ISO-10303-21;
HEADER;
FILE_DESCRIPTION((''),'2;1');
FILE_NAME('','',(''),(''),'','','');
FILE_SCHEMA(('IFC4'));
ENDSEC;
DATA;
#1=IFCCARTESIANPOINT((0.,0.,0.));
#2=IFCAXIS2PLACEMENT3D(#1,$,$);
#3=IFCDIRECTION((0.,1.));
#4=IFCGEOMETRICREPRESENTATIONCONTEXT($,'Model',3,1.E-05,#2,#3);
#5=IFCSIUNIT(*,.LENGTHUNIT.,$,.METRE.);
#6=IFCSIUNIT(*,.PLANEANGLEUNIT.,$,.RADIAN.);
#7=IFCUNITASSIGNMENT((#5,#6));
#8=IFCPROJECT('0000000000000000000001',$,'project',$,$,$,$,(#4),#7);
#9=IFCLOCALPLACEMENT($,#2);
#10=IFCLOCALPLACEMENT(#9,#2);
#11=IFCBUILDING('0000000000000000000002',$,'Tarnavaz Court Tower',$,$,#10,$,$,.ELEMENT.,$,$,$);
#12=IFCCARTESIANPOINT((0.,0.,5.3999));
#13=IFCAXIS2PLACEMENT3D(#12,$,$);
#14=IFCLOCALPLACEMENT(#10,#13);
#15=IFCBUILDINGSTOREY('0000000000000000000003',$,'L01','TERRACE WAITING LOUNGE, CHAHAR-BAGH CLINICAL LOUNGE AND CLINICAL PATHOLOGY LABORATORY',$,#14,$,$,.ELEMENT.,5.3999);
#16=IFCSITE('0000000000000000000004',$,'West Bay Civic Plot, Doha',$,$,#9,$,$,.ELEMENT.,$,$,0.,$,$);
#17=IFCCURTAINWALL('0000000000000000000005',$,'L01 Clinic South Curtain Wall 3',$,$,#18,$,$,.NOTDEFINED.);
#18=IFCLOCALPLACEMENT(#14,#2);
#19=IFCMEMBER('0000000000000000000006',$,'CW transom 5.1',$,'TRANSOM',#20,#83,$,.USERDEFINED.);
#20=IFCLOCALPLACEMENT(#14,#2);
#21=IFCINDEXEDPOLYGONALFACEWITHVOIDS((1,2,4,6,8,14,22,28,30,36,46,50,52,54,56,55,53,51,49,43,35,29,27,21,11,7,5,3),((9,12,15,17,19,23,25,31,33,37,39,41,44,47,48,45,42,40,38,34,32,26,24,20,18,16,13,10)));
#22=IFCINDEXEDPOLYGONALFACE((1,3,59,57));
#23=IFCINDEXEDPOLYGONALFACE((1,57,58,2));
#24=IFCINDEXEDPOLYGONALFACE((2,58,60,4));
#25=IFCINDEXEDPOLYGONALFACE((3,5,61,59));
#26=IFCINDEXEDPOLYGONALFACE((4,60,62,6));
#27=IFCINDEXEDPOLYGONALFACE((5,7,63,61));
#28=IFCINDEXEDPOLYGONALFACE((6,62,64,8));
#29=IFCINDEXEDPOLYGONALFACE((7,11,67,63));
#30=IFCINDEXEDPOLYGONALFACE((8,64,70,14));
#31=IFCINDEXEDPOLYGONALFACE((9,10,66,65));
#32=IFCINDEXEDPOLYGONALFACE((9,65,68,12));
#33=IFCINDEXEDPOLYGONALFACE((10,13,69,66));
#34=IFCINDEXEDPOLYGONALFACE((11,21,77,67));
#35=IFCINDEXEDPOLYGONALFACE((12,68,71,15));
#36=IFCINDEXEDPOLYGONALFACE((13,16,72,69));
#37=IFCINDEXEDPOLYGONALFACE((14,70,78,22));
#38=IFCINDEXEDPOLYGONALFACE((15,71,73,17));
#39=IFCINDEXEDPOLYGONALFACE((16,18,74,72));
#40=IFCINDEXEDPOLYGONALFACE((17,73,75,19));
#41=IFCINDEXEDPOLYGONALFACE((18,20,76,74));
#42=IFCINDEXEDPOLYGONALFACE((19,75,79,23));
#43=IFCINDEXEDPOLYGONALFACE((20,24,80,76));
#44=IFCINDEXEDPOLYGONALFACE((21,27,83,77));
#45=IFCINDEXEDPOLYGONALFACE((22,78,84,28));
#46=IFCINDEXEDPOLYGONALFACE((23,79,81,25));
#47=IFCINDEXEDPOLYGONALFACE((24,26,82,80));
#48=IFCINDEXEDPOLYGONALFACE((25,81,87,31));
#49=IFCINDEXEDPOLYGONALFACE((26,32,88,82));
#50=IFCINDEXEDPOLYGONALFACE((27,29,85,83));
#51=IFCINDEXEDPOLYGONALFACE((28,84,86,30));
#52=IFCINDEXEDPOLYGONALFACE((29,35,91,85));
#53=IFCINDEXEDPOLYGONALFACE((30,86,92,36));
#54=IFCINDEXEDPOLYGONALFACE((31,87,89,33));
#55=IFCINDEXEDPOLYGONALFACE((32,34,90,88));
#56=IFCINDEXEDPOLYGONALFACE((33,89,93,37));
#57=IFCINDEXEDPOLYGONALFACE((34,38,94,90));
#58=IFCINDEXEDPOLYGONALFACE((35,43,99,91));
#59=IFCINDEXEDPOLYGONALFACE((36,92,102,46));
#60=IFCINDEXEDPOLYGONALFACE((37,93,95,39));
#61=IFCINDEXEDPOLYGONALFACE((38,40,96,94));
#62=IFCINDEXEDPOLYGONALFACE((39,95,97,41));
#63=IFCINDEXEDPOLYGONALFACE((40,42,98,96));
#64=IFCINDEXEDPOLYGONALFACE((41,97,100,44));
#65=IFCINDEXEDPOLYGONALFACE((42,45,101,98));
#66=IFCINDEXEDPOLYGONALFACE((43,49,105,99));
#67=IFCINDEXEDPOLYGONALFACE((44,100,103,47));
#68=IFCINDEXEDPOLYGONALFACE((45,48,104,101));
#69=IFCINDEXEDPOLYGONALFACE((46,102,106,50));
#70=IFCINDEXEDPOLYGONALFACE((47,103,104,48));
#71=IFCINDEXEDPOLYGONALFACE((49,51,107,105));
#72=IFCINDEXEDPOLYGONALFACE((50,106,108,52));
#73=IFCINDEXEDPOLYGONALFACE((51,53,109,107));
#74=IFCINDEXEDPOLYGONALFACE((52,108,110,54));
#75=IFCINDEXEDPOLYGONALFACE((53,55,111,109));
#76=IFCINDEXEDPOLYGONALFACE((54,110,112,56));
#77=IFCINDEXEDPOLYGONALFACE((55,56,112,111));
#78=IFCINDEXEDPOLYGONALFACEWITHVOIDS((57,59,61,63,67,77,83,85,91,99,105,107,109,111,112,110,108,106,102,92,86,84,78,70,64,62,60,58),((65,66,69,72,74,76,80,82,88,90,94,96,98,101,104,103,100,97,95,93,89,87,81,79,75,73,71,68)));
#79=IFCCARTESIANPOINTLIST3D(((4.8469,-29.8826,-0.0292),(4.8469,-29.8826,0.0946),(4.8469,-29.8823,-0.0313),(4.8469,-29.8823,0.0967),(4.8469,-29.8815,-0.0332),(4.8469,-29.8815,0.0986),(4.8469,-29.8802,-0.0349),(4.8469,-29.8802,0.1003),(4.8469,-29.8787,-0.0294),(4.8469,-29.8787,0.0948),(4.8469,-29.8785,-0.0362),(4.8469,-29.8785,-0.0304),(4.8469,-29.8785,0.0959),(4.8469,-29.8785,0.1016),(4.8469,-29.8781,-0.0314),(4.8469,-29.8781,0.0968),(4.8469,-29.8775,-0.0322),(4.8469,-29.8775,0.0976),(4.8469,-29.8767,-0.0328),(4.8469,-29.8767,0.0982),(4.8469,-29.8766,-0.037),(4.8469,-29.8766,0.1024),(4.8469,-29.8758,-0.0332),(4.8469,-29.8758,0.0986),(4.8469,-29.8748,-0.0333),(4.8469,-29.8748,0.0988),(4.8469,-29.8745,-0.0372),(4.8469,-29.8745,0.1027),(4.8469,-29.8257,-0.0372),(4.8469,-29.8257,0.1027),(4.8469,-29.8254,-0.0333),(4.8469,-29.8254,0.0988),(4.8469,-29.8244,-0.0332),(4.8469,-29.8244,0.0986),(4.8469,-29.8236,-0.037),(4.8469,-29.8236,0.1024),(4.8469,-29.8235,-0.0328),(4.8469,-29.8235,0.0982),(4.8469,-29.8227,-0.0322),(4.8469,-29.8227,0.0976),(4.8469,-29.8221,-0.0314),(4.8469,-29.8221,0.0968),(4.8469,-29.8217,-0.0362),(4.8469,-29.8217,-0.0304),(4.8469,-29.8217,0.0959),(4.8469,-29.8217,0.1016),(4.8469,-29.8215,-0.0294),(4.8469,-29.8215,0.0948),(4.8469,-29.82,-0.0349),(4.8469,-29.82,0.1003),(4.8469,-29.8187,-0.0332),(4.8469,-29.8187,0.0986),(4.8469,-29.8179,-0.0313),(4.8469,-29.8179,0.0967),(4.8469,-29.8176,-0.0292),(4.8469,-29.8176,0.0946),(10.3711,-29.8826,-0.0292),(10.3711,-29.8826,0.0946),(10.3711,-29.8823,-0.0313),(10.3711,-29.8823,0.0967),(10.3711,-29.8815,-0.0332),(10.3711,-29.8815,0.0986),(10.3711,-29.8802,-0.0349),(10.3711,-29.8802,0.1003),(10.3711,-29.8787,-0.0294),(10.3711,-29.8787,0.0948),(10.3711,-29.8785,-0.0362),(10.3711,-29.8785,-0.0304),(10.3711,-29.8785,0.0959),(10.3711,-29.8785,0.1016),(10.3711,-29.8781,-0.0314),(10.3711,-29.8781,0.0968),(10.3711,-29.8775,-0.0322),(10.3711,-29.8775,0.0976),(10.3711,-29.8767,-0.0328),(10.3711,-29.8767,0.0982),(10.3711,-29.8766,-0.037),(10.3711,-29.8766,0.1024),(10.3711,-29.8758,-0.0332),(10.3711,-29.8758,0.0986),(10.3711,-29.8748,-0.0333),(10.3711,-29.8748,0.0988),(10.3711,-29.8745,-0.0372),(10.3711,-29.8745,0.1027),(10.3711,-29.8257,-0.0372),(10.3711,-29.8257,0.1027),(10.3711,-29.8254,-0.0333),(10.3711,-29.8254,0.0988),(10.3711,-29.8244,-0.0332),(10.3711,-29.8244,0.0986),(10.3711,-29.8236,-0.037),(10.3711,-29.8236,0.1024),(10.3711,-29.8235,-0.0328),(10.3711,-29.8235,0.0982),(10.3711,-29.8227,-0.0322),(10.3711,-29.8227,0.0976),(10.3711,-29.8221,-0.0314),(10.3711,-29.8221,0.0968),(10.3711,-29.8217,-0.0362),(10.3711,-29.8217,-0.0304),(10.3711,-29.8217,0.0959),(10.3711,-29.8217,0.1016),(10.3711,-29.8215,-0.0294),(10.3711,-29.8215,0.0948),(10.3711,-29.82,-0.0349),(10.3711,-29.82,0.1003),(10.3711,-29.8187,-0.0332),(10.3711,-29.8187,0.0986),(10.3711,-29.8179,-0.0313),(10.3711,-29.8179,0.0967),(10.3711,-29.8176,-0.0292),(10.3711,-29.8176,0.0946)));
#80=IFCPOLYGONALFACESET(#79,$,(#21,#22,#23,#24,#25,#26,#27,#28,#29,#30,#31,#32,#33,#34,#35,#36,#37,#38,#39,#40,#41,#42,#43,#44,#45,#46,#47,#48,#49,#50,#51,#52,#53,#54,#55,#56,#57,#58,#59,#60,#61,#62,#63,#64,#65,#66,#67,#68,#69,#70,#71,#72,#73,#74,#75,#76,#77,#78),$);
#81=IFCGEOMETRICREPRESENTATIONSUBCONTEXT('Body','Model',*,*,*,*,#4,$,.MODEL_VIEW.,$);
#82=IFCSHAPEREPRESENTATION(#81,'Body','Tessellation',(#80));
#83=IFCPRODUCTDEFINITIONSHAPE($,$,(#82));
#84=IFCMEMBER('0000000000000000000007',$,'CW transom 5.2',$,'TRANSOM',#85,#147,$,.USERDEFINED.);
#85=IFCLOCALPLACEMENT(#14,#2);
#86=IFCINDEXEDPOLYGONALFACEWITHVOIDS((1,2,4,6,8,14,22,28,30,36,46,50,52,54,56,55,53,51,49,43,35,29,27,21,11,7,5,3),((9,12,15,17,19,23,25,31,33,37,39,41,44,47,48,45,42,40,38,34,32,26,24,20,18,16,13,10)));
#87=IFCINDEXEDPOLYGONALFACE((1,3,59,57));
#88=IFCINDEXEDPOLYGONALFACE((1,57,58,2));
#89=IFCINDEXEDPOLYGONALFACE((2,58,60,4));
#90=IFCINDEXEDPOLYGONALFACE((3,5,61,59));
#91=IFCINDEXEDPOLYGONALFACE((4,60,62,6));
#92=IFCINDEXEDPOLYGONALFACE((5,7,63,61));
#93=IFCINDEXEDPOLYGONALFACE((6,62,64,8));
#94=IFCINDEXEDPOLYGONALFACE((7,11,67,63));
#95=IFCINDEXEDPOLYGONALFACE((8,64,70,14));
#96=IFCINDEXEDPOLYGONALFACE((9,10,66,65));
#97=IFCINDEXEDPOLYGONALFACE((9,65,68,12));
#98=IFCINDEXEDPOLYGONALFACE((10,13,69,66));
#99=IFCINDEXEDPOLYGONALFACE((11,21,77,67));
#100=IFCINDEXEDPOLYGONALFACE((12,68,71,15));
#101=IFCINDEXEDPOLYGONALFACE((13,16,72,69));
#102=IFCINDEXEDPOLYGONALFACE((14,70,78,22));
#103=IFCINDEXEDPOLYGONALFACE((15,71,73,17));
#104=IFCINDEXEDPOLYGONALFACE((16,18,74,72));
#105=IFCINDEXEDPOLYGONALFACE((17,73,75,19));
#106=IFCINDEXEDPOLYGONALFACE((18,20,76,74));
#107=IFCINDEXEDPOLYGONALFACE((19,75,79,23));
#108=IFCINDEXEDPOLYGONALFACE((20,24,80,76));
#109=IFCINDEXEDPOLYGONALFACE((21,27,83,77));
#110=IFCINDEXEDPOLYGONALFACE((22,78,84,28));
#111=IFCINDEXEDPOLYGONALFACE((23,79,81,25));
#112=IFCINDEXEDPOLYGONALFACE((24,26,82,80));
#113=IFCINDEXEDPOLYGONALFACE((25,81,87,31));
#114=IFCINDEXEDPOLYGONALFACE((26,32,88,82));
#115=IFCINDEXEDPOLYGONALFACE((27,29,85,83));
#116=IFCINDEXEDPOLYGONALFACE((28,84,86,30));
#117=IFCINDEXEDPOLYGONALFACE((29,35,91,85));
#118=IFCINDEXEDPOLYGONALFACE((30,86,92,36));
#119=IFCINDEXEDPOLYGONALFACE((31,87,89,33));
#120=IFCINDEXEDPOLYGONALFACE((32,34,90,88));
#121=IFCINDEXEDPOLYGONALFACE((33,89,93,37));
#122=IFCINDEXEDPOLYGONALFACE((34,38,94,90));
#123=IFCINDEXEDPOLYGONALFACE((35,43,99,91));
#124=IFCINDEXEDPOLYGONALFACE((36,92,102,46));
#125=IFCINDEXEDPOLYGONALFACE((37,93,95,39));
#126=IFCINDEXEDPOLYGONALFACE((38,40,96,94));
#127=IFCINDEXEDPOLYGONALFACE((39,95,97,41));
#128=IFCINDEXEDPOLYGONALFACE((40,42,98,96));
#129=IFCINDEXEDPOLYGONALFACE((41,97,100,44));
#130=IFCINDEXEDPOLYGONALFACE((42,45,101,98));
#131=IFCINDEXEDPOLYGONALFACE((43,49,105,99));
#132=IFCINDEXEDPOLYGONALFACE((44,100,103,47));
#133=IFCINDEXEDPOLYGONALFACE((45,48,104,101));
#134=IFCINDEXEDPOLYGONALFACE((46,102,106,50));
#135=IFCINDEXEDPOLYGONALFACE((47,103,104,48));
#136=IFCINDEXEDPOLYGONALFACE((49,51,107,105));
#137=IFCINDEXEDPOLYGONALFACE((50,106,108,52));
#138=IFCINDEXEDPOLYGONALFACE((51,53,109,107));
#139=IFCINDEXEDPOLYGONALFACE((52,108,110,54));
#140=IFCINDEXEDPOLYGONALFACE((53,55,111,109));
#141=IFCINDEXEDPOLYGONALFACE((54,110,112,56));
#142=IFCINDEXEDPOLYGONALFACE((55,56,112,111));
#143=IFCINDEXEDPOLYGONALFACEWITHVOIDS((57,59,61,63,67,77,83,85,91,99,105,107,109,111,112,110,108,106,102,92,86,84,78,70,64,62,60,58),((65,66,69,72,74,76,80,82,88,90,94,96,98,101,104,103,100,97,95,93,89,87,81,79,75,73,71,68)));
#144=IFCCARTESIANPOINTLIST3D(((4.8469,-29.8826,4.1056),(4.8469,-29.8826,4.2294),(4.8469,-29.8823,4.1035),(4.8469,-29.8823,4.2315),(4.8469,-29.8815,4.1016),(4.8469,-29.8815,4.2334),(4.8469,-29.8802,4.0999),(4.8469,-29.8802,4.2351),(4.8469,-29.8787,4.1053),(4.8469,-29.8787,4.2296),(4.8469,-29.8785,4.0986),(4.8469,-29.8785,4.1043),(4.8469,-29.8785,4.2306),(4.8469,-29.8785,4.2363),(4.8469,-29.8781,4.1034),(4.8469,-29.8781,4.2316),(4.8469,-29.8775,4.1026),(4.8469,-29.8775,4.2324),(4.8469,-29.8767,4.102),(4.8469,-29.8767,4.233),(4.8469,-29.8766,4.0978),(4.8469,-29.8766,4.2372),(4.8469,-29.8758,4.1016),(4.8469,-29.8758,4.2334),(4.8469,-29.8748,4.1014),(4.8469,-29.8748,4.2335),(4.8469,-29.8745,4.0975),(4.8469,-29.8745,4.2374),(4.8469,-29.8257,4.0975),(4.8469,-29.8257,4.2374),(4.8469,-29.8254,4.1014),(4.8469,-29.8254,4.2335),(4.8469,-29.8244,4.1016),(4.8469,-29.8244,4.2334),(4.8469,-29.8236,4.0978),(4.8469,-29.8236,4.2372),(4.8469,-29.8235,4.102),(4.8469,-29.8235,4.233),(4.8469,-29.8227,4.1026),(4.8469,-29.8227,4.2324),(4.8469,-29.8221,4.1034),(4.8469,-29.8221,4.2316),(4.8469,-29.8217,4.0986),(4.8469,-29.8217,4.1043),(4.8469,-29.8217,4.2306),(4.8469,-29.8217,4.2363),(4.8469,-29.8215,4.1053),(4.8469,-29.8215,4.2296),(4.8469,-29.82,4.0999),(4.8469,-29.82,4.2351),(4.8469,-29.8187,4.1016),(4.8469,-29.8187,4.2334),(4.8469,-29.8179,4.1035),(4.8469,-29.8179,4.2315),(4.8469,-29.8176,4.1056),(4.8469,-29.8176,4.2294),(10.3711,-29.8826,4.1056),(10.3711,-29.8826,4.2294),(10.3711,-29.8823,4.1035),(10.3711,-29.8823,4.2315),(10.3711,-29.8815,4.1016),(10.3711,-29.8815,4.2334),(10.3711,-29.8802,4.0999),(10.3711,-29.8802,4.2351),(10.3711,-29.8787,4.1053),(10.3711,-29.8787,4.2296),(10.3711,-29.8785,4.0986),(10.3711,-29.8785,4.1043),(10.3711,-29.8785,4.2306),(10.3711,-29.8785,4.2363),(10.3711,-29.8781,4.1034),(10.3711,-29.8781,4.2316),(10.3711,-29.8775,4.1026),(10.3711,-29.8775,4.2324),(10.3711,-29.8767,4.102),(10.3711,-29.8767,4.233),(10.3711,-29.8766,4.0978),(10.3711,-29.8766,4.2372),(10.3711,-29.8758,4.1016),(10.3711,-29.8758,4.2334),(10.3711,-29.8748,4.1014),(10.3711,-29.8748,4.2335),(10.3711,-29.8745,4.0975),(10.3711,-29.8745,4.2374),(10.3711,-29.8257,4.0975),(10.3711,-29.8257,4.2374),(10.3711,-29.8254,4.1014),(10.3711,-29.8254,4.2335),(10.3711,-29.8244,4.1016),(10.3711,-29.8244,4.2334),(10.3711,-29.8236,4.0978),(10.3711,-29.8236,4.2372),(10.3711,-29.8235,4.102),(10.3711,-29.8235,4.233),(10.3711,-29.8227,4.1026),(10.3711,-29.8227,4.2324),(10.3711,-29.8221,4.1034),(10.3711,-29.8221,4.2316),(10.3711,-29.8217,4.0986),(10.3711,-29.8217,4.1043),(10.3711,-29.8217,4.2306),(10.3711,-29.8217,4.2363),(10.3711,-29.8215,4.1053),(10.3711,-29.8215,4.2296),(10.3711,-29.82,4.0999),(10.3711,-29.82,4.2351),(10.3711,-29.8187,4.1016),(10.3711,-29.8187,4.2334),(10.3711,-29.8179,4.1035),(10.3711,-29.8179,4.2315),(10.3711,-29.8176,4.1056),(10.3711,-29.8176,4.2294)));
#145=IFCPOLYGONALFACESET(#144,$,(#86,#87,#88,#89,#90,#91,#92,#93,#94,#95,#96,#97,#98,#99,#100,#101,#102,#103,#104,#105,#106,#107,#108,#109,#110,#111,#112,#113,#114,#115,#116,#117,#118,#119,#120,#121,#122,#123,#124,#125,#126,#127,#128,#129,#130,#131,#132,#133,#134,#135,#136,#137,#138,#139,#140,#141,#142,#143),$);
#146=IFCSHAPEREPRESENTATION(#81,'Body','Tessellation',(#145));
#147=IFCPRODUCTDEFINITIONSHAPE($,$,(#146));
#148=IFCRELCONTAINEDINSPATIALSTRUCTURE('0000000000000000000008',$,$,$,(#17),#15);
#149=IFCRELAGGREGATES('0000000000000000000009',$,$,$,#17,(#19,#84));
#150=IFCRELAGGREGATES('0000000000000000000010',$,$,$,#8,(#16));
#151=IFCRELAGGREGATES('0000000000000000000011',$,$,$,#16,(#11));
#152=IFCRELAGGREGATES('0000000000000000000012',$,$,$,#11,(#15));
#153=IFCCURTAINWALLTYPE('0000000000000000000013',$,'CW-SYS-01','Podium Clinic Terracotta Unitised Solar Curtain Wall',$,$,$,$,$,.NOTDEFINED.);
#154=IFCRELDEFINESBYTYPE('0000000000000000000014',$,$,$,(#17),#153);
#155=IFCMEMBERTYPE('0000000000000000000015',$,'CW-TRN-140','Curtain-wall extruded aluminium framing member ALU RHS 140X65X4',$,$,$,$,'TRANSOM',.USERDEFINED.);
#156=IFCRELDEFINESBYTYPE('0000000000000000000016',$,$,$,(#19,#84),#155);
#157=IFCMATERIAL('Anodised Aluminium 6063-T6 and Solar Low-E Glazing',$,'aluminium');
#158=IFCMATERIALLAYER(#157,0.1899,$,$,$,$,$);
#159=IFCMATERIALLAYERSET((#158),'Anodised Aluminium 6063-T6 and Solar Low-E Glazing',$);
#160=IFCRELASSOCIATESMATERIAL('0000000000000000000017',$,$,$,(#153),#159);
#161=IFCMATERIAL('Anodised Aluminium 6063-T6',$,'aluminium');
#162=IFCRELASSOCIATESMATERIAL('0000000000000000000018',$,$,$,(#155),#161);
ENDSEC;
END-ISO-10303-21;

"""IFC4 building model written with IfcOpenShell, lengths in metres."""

from ifc_helpers import new_model, si_unit, direction, frame, origin, origin_2d, place, context, subcontext, project, spatial, hollow_rectangle, extrude, material, layer, layer_set, material_profile, profile_set, type_object, element, aggregate, save


model = new_model("IFC4")

# Units and contexts
model_context = context("Model", 3, precision=1e-05, world=origin(), true_north=direction((0.0, 1.0)))
body_context = subcontext(model_context, "Body", "Model", "MODEL_VIEW")
ifc_project = project(units=[si_unit("LENGTHUNIT", "METRE"), si_unit("PLANEANGLEUNIT", "RADIAN")], contexts=[model_context])

# Site, building, storey
site_placement = place(None, origin())
site = spatial("IfcSite", under=ifc_project, at=site_placement, Name="West Bay Civic Plot, Doha", CompositionType="ELEMENT", RefElevation=0.0)
building_placement = place(site_placement, origin())
building = spatial("IfcBuilding", under=site, at=building_placement, Name="Tarnavaz Court Tower", CompositionType="ELEMENT")
storey_placement = place(building_placement, frame((0.0, 0.0, 5.3999)))
storey = spatial("IfcBuildingStorey", under=building, at=storey_placement, Name="L01", Description="TERRACE WAITING LOUNGE, CHAHAR-BAGH CLINICAL LOUNGE AND CLINICAL PATHOLOGY LABORATORY", CompositionType="ELEMENT", Elevation=5.3999)

# Curtain wall, members
ifc_material_1 = material(Name="Anodised Aluminium 6063-T6 and Solar Low-E Glazing", Category="aluminium")
ifc_layer_1 = layer(ifc_material_1, 0.1899)
ifc_layer_set_1 = layer_set([ifc_layer_1], Name="Anodised Aluminium 6063-T6 and Solar Low-E Glazing")
curtain_wall_type = type_object("IfcCurtainWallType", Name="CW-SYS-01", Description="Podium Clinic Terracotta Unitised Solar Curtain Wall", PredefinedType="NOTDEFINED", material=ifc_layer_set_1)
curtain_wall_placement = place(storey_placement, origin())
curtain_wall = element("IfcCurtainWall", 1, at=curtain_wall_placement, inside=storey, type_object=curtain_wall_type, Name="L01 Clinic South Curtain Wall 3", PredefinedType="NOTDEFINED")
ifc_material_2 = material(Name="Anodised Aluminium 6063-T6", Category="aluminium")
ifc_material_profile_1 = material_profile(ifc_material_2, hollow_rectangle(XDim=0.0649, YDim=0.1399, WallThickness=0.0039, InnerFilletRadius=0.0039, OuterFilletRadius=0.0081, at=origin_2d()), Name="ALU RHS 140X65X4")
ifc_profile_set_1 = profile_set([ifc_material_profile_1], Name="Anodised Aluminium 6063-T6")
member_type_1 = type_object("IfcMemberType", Name="CW-TRN-140", Description="Curtain-wall extruded aluminium framing member ALU RHS 140X65X4", ElementType="TRANSOM", PredefinedType="USERDEFINED", material=ifc_profile_set_1)
member_1_placement = place(storey_placement, frame((10.3711, -29.8501, 0.0327), z_axis=(-1.0, 0.0, 0.0), x_axis=(0.0, -1.0, 0.0)))
member_1 = element("IfcMember", 2, at=member_1_placement, type_object=member_type_1, Name="CW transom 5.1", ObjectType="TRANSOM", PredefinedType="USERDEFINED", context=body_context, shape_type="SweptSolid", body=[
    extrude(hollow_rectangle(XDim=0.0649, YDim=0.1399, WallThickness=0.0039, InnerFilletRadius=0.0039, OuterFilletRadius=0.0081, at=origin_2d()), origin(), (0.0, 0.0, 1.0), 5.5242),
])
member_2_placement = place(storey_placement, frame((10.3711, -29.8501, 4.1675), z_axis=(-1.0, 0.0, 0.0), x_axis=(0.0, -1.0, 0.0)))
member_2 = element("IfcMember", 3, at=member_2_placement, type_object=member_type_1, Name="CW transom 5.2", ObjectType="TRANSOM", PredefinedType="USERDEFINED", context=body_context, shape_type="SweptSolid", body=[
    extrude(hollow_rectangle(XDim=0.0649, YDim=0.1399, WallThickness=0.0039, InnerFilletRadius=0.0039, OuterFilletRadius=0.0081, at=origin_2d()), origin(), (0.0, 0.0, 1.0), 5.5242),
])
aggregate(curtain_wall, [member_1, member_2])

save(model, "model.ifc")
